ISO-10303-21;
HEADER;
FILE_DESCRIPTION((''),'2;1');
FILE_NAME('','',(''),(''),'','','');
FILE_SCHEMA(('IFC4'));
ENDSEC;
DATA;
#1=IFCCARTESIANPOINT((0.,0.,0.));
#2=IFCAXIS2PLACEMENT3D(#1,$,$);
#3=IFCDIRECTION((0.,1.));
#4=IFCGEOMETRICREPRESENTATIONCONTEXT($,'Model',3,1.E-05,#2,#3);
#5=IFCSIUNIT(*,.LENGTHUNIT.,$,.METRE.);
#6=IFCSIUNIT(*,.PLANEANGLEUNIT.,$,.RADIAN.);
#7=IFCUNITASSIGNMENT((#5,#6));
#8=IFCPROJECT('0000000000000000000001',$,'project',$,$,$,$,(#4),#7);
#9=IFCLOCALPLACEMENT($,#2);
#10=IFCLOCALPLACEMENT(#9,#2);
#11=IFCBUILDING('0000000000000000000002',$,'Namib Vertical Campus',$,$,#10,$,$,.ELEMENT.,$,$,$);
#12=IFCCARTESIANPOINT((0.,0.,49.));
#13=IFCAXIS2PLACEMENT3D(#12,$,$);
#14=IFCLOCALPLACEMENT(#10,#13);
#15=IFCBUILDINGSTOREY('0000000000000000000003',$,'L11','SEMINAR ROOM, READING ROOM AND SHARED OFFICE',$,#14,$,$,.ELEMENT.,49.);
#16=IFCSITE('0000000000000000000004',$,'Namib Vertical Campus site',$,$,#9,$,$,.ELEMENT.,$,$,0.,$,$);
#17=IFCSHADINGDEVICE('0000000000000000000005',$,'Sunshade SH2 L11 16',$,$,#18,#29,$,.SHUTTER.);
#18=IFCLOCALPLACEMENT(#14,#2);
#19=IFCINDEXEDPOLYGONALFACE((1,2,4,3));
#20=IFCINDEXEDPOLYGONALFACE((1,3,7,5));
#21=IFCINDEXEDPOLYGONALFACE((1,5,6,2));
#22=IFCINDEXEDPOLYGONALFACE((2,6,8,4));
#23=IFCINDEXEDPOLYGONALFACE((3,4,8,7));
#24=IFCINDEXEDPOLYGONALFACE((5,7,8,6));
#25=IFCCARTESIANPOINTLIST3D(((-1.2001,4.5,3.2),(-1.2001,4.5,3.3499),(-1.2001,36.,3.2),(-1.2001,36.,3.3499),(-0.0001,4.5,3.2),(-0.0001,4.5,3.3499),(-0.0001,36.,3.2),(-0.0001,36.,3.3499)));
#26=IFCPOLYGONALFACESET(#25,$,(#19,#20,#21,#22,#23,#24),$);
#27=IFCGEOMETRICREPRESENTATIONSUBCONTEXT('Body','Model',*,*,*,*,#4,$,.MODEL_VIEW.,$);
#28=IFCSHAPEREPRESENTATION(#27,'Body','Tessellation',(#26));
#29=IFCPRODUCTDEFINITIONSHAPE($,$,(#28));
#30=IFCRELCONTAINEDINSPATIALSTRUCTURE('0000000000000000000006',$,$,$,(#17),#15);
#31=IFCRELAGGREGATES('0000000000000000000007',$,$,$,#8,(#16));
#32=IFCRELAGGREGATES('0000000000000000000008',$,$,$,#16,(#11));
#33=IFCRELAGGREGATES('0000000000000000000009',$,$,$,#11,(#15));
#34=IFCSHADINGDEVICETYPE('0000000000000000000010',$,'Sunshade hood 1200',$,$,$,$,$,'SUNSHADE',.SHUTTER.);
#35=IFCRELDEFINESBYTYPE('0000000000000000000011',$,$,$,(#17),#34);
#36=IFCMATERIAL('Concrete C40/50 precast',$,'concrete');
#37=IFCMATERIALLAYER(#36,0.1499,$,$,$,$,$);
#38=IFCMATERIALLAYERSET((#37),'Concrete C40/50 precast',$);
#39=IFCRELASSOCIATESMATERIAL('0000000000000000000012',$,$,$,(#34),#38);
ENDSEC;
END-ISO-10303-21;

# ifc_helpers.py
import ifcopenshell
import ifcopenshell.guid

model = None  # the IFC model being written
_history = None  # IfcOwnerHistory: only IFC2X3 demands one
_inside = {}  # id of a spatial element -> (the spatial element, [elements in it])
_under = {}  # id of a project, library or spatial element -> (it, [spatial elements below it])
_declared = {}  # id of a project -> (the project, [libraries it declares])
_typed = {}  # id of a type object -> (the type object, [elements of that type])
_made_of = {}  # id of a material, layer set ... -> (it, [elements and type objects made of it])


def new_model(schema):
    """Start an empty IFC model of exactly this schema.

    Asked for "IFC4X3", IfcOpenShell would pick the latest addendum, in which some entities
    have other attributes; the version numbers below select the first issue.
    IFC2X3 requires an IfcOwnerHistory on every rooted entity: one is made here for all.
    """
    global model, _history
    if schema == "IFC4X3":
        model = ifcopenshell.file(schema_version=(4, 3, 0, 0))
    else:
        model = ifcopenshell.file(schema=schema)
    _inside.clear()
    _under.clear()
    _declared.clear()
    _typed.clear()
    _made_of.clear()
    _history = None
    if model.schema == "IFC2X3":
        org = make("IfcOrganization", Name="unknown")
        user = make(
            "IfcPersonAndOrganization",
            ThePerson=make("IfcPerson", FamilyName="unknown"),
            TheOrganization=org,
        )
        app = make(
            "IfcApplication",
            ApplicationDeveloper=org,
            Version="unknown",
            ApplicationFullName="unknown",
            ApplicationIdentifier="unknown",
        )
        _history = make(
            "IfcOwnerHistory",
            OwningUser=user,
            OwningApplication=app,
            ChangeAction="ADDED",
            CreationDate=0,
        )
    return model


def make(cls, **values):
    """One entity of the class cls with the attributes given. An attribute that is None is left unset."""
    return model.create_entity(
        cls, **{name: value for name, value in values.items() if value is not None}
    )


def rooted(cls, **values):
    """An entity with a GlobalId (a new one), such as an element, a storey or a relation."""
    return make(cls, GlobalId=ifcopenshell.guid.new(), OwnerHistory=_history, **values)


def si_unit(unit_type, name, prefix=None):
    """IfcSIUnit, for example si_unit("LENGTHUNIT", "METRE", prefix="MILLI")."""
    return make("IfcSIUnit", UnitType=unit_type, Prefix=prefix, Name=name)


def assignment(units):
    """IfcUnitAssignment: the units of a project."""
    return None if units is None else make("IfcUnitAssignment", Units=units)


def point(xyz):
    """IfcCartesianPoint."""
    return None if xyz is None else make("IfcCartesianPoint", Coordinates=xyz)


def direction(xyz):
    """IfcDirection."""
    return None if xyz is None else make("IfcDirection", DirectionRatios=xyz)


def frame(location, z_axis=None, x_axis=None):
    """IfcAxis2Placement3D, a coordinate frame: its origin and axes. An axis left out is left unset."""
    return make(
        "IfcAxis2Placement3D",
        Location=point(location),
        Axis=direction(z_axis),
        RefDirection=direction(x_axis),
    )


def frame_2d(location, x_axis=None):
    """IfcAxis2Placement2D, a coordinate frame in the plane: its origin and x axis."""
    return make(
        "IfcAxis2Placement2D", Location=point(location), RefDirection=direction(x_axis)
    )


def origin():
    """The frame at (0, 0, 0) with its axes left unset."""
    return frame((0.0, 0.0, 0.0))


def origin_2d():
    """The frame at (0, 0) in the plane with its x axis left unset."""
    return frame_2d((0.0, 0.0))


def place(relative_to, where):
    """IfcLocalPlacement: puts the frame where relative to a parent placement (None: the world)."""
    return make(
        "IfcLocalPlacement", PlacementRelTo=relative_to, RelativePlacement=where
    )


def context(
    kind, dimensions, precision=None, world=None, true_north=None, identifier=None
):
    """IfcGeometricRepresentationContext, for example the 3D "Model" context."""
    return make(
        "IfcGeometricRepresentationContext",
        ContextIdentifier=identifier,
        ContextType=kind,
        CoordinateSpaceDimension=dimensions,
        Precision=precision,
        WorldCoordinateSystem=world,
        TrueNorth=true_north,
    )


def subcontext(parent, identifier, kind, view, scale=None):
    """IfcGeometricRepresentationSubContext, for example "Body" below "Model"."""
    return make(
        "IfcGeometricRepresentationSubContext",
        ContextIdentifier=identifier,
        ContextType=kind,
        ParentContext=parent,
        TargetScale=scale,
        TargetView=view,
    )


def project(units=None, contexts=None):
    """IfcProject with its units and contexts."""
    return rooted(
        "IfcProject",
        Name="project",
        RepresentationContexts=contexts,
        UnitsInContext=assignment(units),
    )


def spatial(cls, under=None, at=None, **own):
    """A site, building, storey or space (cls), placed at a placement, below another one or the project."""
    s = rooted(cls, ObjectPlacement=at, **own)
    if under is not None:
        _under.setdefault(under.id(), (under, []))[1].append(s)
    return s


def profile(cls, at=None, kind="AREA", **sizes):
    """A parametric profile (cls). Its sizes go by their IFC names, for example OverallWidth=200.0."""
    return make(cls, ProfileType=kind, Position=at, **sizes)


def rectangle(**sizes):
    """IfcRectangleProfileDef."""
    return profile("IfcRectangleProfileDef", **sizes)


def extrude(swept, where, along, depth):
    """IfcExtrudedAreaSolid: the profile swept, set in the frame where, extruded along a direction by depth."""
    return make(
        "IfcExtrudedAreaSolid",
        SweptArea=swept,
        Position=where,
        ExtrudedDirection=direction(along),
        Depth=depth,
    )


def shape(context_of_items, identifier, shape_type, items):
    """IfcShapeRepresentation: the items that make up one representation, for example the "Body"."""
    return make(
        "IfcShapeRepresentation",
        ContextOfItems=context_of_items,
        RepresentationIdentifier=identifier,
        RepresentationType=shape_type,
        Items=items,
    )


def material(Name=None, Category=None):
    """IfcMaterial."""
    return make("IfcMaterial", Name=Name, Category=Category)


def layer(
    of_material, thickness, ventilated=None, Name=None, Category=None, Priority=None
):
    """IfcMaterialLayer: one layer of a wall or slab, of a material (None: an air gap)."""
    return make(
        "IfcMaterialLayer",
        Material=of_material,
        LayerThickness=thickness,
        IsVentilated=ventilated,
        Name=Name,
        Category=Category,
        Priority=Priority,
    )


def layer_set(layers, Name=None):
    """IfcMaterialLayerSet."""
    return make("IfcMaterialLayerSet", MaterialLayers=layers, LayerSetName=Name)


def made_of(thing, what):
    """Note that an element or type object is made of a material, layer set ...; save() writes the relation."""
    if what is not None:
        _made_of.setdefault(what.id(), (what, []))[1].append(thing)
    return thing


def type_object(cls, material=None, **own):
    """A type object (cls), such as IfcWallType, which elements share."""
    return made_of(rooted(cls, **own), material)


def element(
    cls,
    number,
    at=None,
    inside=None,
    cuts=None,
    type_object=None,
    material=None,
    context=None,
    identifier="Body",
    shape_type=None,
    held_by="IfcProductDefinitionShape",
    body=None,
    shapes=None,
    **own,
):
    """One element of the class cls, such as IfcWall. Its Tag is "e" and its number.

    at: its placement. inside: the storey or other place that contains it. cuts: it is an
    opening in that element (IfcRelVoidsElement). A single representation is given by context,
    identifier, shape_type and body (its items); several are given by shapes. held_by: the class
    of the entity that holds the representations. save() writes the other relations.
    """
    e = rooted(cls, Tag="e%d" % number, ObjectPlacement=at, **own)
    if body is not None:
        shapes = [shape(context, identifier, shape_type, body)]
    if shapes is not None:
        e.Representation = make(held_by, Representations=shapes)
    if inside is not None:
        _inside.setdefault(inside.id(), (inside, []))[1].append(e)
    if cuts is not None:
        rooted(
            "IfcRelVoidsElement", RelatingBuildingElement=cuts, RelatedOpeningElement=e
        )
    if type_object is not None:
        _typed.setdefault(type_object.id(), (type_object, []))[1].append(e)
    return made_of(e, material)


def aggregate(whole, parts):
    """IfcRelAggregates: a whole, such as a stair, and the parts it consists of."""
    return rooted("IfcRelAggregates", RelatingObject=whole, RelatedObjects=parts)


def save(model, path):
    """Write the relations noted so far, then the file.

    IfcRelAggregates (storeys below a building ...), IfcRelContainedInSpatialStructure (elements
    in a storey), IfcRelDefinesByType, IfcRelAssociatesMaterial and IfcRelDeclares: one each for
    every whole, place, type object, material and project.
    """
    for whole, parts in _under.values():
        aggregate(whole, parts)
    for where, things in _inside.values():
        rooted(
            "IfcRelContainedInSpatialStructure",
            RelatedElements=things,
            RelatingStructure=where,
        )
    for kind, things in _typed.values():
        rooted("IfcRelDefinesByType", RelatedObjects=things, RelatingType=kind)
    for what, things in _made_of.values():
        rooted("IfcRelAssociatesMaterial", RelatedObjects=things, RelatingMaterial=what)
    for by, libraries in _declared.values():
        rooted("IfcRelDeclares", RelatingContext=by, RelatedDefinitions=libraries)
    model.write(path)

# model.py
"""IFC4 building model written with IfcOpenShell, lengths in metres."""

from ifc_helpers import new_model, si_unit, direction, frame, origin, origin_2d, place, context, subcontext, project, spatial, rectangle, extrude, material, layer, layer_set, type_object, element, save


model = new_model("IFC4")

# Units and contexts
model_context = context("Model", 3, precision=1e-05, world=origin(), true_north=direction((0.0, 1.0)))
body_context = subcontext(model_context, "Body", "Model", "MODEL_VIEW")
ifc_project = project(units=[si_unit("LENGTHUNIT", "METRE"), si_unit("PLANEANGLEUNIT", "RADIAN")], contexts=[model_context])

# Site, building, storey
site_placement = place(None, origin())
site = spatial("IfcSite", under=ifc_project, at=site_placement, Name="Namib Vertical Campus site", CompositionType="ELEMENT", RefElevation=0.0)
building_placement = place(site_placement, origin())
building = spatial("IfcBuilding", under=site, at=building_placement, Name="Namib Vertical Campus", CompositionType="ELEMENT")
storey_placement = place(building_placement, frame((0.0, 0.0, 49.0)))
storey = spatial("IfcBuildingStorey", under=building, at=storey_placement, Name="L11", Description="SEMINAR ROOM, READING ROOM AND SHARED OFFICE", CompositionType="ELEMENT", Elevation=49.0)

# Shading device
ifc_material_1 = material(Name="Concrete C40/50 precast", Category="concrete")
ifc_layer_1 = layer(ifc_material_1, 0.1499)
ifc_layer_set_1 = layer_set([ifc_layer_1], Name="Concrete C40/50 precast")
shading_device_type = type_object("IfcShadingDeviceType", Name="Sunshade hood 1200", ElementType="SUNSHADE", PredefinedType="SHUTTER", material=ifc_layer_set_1)
shading_device_placement = place(storey_placement, frame((-0.6001, 20.25, 3.2), z_axis=(0.0, 0.0, 1.0), x_axis=(0.0, -1.0, 0.0)))
element("IfcShadingDevice", 1, at=shading_device_placement, inside=storey, type_object=shading_device_type, Name="Sunshade SH2 L11 16", PredefinedType="SHUTTER", context=body_context, shape_type="SweptSolid", body=[
    extrude(rectangle(XDim=31.5, YDim=1.2, at=origin_2d()), origin(), (0.0, 0.0, 1.0), 0.1499),
])

save(model, "model.ifc")
